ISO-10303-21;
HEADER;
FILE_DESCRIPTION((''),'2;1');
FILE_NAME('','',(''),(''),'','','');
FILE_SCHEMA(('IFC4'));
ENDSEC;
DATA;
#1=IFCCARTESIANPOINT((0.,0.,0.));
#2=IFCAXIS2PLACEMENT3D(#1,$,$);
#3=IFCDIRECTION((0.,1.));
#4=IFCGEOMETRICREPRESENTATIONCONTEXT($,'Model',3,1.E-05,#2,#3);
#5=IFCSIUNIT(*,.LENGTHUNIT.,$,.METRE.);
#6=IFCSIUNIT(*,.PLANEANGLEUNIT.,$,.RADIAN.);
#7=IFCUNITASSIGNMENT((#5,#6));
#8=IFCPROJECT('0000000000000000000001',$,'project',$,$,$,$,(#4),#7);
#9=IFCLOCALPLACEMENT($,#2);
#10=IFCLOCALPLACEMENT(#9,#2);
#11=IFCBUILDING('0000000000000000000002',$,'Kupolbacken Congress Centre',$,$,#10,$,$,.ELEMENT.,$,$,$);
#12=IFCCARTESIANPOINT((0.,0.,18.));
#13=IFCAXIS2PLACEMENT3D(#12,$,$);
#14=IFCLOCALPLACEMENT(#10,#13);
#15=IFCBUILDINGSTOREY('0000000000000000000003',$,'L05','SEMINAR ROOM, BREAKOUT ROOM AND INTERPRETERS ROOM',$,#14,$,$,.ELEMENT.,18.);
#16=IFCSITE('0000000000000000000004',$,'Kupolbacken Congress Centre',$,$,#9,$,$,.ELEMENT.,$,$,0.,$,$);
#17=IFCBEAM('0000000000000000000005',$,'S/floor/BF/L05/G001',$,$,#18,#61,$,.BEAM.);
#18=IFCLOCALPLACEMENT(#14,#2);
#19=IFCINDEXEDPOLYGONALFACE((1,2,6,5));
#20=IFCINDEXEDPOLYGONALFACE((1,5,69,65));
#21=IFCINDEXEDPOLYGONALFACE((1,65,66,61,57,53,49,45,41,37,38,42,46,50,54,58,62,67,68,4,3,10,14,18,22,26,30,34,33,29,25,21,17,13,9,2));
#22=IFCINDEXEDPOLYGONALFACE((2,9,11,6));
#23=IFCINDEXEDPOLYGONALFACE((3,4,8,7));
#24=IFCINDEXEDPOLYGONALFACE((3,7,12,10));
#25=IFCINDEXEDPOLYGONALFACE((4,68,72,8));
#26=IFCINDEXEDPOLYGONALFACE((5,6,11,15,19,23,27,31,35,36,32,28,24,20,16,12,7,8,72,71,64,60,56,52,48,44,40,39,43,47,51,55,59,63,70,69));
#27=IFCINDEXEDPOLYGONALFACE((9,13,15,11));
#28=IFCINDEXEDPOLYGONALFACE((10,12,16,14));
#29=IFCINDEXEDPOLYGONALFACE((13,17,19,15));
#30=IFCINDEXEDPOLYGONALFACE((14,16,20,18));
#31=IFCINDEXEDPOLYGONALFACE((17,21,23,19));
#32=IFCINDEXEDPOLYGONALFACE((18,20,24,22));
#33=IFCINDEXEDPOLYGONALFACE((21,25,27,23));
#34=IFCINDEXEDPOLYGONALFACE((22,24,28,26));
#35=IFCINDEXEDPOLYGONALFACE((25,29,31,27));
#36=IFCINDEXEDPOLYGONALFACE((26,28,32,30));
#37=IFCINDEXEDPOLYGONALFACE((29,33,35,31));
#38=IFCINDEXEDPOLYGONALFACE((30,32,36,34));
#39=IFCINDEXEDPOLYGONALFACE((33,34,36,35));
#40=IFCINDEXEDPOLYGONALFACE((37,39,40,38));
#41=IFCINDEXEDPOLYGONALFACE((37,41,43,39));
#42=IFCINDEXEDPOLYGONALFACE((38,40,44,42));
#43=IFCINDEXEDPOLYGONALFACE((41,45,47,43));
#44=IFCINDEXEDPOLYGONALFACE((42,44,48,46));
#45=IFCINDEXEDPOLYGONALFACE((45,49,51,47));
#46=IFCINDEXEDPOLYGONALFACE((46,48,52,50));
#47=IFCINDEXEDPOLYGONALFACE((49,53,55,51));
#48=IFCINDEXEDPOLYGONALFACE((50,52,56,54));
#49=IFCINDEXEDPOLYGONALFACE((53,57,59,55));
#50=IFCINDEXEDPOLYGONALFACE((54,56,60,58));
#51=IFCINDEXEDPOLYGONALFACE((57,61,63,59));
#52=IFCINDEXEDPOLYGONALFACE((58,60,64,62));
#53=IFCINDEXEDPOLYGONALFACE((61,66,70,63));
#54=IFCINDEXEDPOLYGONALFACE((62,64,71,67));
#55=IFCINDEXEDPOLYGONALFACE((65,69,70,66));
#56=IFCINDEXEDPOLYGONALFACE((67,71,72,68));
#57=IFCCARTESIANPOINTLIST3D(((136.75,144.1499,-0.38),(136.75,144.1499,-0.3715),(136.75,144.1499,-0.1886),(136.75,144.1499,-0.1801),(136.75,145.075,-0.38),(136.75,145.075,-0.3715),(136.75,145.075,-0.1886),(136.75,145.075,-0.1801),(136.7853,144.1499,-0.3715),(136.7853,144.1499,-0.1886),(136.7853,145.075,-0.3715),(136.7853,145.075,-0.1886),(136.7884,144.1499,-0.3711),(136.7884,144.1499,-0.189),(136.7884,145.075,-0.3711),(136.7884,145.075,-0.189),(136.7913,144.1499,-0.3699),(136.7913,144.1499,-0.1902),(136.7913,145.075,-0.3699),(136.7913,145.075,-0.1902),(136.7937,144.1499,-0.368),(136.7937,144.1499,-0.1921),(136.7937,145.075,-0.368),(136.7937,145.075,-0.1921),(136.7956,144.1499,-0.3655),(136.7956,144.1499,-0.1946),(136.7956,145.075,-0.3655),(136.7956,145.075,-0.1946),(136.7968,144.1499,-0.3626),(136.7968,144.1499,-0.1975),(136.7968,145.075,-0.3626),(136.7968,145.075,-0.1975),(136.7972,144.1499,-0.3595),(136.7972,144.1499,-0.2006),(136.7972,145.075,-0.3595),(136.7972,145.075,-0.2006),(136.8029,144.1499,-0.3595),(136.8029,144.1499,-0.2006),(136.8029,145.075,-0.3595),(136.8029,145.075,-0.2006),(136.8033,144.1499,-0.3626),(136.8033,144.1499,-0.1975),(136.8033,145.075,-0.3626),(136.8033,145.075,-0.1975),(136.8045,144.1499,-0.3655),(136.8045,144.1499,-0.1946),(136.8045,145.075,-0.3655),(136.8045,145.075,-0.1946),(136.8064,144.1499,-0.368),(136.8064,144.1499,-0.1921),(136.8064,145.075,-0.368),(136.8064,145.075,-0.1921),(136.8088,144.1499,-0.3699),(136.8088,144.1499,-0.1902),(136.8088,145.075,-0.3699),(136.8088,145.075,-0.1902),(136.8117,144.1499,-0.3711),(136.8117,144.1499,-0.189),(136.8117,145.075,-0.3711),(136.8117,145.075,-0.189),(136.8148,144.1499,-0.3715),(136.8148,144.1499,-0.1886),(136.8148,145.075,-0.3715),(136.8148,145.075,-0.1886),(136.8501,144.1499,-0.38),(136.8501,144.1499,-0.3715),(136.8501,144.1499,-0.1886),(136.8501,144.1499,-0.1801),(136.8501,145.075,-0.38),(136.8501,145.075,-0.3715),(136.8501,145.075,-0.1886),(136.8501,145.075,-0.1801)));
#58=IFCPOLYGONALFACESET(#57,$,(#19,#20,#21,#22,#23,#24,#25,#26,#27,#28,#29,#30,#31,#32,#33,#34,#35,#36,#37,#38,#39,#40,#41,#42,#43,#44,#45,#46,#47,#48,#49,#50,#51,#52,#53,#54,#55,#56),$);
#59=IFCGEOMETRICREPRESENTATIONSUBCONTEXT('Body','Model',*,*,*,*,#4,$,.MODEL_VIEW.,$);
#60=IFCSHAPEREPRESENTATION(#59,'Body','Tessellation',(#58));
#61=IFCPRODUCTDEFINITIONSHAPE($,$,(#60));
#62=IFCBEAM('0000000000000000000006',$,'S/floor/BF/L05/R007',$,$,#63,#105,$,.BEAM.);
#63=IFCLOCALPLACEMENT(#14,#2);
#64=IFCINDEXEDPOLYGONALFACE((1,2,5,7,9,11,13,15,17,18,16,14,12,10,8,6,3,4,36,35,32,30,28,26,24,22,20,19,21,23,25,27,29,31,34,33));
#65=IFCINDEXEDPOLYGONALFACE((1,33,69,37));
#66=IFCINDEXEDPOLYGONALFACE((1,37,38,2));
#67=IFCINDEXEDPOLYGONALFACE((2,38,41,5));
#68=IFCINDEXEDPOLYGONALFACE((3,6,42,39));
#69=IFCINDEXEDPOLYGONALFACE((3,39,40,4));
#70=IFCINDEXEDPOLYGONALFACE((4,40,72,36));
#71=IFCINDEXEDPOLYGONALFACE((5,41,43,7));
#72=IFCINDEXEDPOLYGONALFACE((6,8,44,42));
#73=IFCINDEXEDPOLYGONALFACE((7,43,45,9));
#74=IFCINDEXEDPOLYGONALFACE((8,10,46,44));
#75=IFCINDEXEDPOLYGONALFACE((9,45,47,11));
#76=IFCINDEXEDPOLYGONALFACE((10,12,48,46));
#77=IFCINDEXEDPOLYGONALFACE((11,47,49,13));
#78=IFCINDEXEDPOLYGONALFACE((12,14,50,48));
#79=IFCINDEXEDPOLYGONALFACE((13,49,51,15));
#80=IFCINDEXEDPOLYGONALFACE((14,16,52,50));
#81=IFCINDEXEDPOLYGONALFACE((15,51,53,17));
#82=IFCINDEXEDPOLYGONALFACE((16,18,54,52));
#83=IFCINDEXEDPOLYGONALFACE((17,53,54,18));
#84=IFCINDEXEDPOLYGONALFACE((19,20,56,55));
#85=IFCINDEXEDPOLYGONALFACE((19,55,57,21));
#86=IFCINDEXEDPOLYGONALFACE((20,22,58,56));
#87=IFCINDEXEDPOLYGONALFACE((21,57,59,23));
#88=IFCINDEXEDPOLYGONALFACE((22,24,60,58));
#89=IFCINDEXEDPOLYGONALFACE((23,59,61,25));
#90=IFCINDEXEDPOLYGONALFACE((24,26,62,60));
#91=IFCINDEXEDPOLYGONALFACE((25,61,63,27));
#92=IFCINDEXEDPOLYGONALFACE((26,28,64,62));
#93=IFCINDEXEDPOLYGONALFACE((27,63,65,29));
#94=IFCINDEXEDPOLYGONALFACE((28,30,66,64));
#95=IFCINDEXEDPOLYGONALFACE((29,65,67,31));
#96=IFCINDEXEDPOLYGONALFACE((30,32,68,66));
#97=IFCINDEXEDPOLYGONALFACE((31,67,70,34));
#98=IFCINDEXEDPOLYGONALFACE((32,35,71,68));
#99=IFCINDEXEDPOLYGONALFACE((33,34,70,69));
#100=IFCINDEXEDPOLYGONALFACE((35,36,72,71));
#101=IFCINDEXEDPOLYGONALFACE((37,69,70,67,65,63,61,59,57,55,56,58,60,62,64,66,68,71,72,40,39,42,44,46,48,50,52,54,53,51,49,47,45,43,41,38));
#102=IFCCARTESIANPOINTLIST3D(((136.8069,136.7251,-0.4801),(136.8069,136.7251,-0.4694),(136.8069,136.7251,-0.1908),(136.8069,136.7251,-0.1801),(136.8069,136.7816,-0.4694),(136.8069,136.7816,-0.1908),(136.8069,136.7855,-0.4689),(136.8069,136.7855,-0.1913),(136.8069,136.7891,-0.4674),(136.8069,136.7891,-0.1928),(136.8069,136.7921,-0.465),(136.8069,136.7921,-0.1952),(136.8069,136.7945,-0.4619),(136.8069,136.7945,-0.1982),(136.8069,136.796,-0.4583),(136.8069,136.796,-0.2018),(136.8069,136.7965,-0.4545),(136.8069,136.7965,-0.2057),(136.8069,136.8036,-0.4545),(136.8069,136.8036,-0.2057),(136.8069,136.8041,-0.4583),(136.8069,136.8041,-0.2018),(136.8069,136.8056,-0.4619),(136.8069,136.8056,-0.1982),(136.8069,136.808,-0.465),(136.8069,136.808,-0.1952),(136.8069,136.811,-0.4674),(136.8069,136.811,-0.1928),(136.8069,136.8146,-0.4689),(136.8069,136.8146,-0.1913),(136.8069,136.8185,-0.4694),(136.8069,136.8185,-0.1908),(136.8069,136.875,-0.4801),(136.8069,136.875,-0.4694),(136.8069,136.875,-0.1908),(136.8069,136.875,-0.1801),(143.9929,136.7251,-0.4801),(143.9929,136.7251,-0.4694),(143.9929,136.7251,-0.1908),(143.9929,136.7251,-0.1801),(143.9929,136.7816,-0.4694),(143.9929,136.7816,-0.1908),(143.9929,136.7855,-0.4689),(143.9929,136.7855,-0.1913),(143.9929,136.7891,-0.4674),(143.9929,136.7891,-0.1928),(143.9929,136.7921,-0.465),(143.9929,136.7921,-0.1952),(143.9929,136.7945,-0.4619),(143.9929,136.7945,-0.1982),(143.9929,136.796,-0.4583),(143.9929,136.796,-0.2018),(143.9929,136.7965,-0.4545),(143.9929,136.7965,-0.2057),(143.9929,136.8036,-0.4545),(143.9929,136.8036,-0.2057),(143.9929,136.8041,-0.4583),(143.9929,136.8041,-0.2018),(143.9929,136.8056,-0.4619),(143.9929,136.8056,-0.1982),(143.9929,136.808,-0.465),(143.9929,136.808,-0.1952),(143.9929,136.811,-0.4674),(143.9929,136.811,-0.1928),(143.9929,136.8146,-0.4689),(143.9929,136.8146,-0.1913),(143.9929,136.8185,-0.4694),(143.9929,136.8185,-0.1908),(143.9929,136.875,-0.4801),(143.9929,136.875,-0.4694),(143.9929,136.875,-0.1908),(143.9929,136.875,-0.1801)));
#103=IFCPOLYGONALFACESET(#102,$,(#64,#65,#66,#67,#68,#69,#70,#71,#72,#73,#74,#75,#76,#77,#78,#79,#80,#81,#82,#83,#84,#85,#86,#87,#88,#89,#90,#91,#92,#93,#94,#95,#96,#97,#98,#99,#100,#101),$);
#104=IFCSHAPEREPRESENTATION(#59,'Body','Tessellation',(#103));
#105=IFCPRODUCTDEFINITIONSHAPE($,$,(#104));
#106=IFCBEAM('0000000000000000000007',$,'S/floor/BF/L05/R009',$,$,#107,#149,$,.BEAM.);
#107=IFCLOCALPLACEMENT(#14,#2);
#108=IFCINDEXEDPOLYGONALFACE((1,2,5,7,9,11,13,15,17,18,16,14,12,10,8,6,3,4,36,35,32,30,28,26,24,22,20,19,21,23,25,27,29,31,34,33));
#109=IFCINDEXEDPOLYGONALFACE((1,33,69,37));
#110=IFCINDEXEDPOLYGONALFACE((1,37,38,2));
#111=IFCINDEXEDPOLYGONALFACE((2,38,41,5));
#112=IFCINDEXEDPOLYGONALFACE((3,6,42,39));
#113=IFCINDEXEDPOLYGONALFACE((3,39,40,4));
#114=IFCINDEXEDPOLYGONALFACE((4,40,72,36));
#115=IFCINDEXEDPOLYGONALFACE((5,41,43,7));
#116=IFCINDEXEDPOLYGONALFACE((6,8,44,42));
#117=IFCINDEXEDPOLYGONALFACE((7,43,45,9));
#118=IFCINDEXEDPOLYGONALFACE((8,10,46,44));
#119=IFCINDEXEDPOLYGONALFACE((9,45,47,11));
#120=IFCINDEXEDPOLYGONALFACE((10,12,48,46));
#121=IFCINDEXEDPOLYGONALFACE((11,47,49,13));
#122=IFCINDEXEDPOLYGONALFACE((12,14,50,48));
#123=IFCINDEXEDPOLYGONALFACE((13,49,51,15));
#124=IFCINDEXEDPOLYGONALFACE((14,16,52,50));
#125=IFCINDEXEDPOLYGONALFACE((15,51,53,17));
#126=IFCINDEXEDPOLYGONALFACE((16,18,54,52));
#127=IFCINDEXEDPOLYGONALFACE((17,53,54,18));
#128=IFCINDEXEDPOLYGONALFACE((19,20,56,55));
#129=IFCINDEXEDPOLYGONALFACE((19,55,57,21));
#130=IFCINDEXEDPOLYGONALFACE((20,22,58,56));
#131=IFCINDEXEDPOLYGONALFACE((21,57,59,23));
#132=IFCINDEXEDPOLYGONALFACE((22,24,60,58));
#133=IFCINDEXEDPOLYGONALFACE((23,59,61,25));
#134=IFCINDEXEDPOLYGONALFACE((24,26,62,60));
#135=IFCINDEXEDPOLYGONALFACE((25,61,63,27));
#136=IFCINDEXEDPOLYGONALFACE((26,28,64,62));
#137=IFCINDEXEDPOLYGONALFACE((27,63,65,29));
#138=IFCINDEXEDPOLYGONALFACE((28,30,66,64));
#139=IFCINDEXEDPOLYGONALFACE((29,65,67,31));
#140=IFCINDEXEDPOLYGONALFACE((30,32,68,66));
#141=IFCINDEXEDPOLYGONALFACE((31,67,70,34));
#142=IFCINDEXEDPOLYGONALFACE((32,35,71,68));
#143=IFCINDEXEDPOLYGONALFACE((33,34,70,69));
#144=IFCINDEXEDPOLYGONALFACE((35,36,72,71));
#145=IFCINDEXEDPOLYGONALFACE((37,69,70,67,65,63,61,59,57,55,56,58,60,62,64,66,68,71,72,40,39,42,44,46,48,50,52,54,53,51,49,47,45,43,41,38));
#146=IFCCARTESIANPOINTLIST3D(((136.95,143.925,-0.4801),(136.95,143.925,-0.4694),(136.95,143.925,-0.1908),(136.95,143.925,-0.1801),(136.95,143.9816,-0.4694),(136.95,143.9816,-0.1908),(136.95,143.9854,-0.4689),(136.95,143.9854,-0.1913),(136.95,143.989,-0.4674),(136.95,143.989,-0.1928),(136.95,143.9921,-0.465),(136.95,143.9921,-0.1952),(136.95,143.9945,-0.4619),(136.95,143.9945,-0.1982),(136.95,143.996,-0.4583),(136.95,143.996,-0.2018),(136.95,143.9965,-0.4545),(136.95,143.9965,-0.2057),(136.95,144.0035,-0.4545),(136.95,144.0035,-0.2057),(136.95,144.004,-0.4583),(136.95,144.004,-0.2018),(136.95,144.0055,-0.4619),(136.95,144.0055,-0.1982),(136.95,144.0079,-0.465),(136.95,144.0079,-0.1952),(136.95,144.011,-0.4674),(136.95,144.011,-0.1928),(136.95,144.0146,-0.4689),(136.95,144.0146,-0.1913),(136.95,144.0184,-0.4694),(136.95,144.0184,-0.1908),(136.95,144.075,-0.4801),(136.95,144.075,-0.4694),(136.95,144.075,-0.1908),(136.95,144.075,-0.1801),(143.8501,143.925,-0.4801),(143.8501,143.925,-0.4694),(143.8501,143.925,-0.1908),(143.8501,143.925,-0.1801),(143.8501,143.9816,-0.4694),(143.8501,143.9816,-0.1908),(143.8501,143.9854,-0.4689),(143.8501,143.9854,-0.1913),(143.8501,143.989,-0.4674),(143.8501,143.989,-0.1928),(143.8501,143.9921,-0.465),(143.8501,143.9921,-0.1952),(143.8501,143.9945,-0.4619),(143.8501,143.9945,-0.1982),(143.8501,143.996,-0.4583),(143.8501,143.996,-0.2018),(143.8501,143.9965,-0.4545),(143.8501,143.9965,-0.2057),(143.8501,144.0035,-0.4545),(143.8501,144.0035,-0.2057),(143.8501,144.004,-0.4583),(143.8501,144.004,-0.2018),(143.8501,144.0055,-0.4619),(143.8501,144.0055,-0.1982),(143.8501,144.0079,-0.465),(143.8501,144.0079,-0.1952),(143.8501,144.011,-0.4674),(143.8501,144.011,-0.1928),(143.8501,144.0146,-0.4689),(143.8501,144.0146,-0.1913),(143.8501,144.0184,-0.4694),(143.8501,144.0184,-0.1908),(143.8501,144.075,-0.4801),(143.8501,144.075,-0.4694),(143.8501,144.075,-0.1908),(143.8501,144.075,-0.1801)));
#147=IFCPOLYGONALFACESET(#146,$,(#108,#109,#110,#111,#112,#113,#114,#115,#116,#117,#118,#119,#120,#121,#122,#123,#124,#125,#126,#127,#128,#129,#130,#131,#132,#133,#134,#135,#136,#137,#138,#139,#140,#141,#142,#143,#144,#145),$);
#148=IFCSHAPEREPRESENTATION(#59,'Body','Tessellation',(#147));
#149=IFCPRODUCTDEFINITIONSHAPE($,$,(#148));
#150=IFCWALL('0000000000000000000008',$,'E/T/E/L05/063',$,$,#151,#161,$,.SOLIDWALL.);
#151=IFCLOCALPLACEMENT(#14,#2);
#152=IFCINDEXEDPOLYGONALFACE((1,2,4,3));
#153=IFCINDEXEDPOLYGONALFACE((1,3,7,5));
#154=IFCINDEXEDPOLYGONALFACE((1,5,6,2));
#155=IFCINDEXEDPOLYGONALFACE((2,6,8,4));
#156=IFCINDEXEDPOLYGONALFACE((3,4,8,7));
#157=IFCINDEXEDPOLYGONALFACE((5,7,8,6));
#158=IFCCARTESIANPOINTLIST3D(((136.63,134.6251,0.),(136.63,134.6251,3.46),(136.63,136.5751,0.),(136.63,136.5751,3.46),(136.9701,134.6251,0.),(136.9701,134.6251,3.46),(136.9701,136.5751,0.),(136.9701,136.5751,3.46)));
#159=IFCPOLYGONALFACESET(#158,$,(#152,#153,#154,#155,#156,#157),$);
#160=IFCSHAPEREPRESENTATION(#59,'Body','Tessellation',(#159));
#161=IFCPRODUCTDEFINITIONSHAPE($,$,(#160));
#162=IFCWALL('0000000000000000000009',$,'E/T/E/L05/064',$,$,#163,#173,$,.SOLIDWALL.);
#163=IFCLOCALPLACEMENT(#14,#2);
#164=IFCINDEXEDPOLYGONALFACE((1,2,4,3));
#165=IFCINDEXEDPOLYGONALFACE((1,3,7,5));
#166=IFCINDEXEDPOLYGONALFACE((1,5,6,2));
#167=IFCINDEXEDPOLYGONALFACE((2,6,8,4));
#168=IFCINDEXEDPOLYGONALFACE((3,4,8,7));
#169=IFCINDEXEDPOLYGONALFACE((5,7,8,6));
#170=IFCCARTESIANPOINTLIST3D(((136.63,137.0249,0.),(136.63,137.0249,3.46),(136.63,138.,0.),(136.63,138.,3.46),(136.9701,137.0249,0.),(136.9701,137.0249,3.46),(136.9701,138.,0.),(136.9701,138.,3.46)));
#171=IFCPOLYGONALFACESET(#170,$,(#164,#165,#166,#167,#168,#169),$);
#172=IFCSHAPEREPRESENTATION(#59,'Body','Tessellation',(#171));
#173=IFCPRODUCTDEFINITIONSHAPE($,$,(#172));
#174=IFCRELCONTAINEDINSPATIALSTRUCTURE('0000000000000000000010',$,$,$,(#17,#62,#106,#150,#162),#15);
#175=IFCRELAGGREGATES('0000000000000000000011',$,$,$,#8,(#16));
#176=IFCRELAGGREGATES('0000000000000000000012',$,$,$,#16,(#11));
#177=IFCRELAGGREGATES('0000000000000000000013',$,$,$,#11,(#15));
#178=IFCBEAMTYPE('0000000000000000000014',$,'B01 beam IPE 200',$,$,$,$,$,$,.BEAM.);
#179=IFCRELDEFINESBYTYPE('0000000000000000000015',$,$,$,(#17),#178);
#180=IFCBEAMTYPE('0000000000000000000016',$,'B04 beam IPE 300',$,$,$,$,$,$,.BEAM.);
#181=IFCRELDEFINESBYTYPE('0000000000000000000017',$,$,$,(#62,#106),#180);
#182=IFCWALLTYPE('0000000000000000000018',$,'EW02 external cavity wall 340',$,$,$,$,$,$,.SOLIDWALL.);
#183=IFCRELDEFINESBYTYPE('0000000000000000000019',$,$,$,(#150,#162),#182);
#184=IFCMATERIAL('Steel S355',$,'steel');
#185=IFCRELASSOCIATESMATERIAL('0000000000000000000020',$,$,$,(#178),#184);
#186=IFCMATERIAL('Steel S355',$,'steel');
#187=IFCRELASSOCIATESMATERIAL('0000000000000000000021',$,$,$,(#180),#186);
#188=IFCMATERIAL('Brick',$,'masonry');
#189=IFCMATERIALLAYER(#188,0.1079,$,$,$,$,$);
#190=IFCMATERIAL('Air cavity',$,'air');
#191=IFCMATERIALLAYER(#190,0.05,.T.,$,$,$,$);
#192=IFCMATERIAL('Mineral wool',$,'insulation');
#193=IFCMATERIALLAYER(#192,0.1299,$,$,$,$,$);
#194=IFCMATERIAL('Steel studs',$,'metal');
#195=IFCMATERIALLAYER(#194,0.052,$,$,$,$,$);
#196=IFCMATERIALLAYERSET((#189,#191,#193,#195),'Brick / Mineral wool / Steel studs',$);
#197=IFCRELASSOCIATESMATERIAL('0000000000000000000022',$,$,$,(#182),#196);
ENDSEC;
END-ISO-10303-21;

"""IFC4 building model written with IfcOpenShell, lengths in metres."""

from ifc_helpers import new_model, si_unit, direction, frame, frame_2d, origin, origin_2d, place, context, subcontext, project, spatial, rectangle, i_section, extrude, material, layer, layer_set, material_profile, profile_set, type_object, element, save


model = new_model("IFC4")

# Units and contexts
model_context = context("Model", 3, precision=1e-05, world=origin(), true_north=direction((0.0, 1.0)))
body_context = subcontext(model_context, "Body", "Model", "MODEL_VIEW")
ifc_project = project(units=[si_unit("LENGTHUNIT", "METRE"), si_unit("PLANEANGLEUNIT", "RADIAN")], contexts=[model_context])

# Site, building, storey
site_placement = place(None, origin())
site = spatial("IfcSite", under=ifc_project, at=site_placement, Name="Kupolbacken Congress Centre", CompositionType="ELEMENT", RefElevation=0.0)
building_placement = place(site_placement, origin())
building = spatial("IfcBuilding", under=site, at=building_placement, Name="Kupolbacken Congress Centre", CompositionType="ELEMENT")
storey_placement = place(building_placement, frame((0.0, 0.0, 18.0)))
storey = spatial("IfcBuildingStorey", under=building, at=storey_placement, Name="L05", Description="SEMINAR ROOM, BREAKOUT ROOM AND INTERPRETERS ROOM", CompositionType="ELEMENT", Elevation=18.0)

# Beams
ifc_material_1 = material(Name="Steel S355", Category="steel")
ifc_material_profile_1 = material_profile(ifc_material_1, i_section(OverallWidth=0.1001, OverallDepth=0.2, WebThickness=0.0056, FlangeThickness=0.0085, FilletRadius=0.012, at=origin_2d()), Name="IPE 200")
ifc_profile_set_1 = profile_set([ifc_material_profile_1], Name="Steel S355")
beam_type_1 = type_object("IfcBeamType", Name="B01 beam IPE 200", PredefinedType="BEAM", material=ifc_profile_set_1)
beam_1_placement = place(storey_placement, frame((136.8, 144.1499, -0.28), z_axis=(0.0, 1.0, 0.0), x_axis=(-1.0, 0.0, 0.0)))
element("IfcBeam", 1, at=beam_1_placement, inside=storey, type_object=beam_type_1, Name="S/floor/BF/L05/G001", PredefinedType="BEAM", context=body_context, shape_type="SweptSolid", body=[
    extrude(i_section(OverallWidth=0.1001, OverallDepth=0.2, WebThickness=0.0056, FlangeThickness=0.0085, FilletRadius=0.012, at=origin_2d()), origin(), (0.0, 0.0, 1.0), 0.925),
])
ifc_material_2 = material(Name="Steel S355", Category="steel")
ifc_material_profile_2 = material_profile(ifc_material_2, i_section(OverallWidth=0.1499, OverallDepth=0.3, WebThickness=0.0071, FlangeThickness=0.0107, FilletRadius=0.0149, at=origin_2d()), Name="IPE 300")
ifc_profile_set_2 = profile_set([ifc_material_profile_2], Name="Steel S355")
beam_type_2 = type_object("IfcBeamType", Name="B04 beam IPE 300", PredefinedType="BEAM", material=ifc_profile_set_2)
beam_2_placement = place(storey_placement, frame((136.8069, 136.8, -0.3301), z_axis=(1.0, 0.0, 0.0), x_axis=(0.0, 1.0, 0.0)))
element("IfcBeam", 2, at=beam_2_placement, inside=storey, type_object=beam_type_2, Name="S/floor/BF/L05/R007", PredefinedType="BEAM", context=body_context, shape_type="SweptSolid", body=[
    extrude(i_section(OverallWidth=0.1499, OverallDepth=0.3, WebThickness=0.0071, FlangeThickness=0.0107, FilletRadius=0.0149, at=origin_2d()), origin(), (0.0, 0.0, 1.0), 7.186),
])
beam_3_placement = place(storey_placement, frame((136.95, 144.0, -0.3301), z_axis=(1.0, 0.0, 0.0), x_axis=(0.0, 1.0, 0.0)))
element("IfcBeam", 3, at=beam_3_placement, inside=storey, type_object=beam_type_2, Name="S/floor/BF/L05/R009", PredefinedType="BEAM", context=body_context, shape_type="SweptSolid", body=[
    extrude(i_section(OverallWidth=0.1499, OverallDepth=0.3, WebThickness=0.0071, FlangeThickness=0.0107, FilletRadius=0.0149, at=origin_2d()), origin(), (0.0, 0.0, 1.0), 6.9001),
])

# Walls
ifc_material_3 = material(Name="Brick", Category="masonry")
ifc_layer_1 = layer(ifc_material_3, 0.1079)
ifc_material_4 = material(Name="Air cavity", Category="air")
ifc_layer_2 = layer(ifc_material_4, 0.05, ventilated=True)
ifc_material_5 = material(Name="Mineral wool", Category="insulation")
ifc_layer_3 = layer(ifc_material_5, 0.1299)
ifc_material_6 = material(Name="Steel studs", Category="metal")
ifc_layer_4 = layer(ifc_material_6, 0.052)
ifc_layer_set_1 = layer_set([ifc_layer_1, ifc_layer_2, ifc_layer_3, ifc_layer_4], Name="Brick / Mineral wool / Steel studs")
wall_type_1 = type_object("IfcWallType", Name="EW02 external cavity wall 340", PredefinedType="SOLIDWALL", material=ifc_layer_set_1)
wall_1_placement = place(storey_placement, frame((136.8, 134.625, 0.0), z_axis=(0.0, 0.0, 1.0), x_axis=(0.0, 1.0, 0.0)))
element("IfcWall", 4, at=wall_1_placement, inside=storey, type_object=wall_type_1, Name="E/T/E/L05/063", PredefinedType="SOLIDWALL", context=body_context, shape_type="SweptSolid", body=[
    extrude(rectangle(XDim=1.95, YDim=0.3401, at=frame_2d((0.9751, 0.0))), origin(), (0.0, 0.0, 1.0), 3.46),
])
wall_2_placement = place(storey_placement, frame((136.8, 137.0249, 0.0), z_axis=(0.0, 0.0, 1.0), x_axis=(0.0, 1.0, 0.0)))
element("IfcWall", 5, at=wall_2_placement, inside=storey, type_object=wall_type_1, Name="E/T/E/L05/064", PredefinedType="SOLIDWALL", context=body_context, shape_type="SweptSolid", body=[
    extrude(rectangle(XDim=0.9751, YDim=0.3401, at=frame_2d((0.4875, 0.0))), origin(), (0.0, 0.0, 1.0), 3.46),
])

save(model, "model.ifc")
